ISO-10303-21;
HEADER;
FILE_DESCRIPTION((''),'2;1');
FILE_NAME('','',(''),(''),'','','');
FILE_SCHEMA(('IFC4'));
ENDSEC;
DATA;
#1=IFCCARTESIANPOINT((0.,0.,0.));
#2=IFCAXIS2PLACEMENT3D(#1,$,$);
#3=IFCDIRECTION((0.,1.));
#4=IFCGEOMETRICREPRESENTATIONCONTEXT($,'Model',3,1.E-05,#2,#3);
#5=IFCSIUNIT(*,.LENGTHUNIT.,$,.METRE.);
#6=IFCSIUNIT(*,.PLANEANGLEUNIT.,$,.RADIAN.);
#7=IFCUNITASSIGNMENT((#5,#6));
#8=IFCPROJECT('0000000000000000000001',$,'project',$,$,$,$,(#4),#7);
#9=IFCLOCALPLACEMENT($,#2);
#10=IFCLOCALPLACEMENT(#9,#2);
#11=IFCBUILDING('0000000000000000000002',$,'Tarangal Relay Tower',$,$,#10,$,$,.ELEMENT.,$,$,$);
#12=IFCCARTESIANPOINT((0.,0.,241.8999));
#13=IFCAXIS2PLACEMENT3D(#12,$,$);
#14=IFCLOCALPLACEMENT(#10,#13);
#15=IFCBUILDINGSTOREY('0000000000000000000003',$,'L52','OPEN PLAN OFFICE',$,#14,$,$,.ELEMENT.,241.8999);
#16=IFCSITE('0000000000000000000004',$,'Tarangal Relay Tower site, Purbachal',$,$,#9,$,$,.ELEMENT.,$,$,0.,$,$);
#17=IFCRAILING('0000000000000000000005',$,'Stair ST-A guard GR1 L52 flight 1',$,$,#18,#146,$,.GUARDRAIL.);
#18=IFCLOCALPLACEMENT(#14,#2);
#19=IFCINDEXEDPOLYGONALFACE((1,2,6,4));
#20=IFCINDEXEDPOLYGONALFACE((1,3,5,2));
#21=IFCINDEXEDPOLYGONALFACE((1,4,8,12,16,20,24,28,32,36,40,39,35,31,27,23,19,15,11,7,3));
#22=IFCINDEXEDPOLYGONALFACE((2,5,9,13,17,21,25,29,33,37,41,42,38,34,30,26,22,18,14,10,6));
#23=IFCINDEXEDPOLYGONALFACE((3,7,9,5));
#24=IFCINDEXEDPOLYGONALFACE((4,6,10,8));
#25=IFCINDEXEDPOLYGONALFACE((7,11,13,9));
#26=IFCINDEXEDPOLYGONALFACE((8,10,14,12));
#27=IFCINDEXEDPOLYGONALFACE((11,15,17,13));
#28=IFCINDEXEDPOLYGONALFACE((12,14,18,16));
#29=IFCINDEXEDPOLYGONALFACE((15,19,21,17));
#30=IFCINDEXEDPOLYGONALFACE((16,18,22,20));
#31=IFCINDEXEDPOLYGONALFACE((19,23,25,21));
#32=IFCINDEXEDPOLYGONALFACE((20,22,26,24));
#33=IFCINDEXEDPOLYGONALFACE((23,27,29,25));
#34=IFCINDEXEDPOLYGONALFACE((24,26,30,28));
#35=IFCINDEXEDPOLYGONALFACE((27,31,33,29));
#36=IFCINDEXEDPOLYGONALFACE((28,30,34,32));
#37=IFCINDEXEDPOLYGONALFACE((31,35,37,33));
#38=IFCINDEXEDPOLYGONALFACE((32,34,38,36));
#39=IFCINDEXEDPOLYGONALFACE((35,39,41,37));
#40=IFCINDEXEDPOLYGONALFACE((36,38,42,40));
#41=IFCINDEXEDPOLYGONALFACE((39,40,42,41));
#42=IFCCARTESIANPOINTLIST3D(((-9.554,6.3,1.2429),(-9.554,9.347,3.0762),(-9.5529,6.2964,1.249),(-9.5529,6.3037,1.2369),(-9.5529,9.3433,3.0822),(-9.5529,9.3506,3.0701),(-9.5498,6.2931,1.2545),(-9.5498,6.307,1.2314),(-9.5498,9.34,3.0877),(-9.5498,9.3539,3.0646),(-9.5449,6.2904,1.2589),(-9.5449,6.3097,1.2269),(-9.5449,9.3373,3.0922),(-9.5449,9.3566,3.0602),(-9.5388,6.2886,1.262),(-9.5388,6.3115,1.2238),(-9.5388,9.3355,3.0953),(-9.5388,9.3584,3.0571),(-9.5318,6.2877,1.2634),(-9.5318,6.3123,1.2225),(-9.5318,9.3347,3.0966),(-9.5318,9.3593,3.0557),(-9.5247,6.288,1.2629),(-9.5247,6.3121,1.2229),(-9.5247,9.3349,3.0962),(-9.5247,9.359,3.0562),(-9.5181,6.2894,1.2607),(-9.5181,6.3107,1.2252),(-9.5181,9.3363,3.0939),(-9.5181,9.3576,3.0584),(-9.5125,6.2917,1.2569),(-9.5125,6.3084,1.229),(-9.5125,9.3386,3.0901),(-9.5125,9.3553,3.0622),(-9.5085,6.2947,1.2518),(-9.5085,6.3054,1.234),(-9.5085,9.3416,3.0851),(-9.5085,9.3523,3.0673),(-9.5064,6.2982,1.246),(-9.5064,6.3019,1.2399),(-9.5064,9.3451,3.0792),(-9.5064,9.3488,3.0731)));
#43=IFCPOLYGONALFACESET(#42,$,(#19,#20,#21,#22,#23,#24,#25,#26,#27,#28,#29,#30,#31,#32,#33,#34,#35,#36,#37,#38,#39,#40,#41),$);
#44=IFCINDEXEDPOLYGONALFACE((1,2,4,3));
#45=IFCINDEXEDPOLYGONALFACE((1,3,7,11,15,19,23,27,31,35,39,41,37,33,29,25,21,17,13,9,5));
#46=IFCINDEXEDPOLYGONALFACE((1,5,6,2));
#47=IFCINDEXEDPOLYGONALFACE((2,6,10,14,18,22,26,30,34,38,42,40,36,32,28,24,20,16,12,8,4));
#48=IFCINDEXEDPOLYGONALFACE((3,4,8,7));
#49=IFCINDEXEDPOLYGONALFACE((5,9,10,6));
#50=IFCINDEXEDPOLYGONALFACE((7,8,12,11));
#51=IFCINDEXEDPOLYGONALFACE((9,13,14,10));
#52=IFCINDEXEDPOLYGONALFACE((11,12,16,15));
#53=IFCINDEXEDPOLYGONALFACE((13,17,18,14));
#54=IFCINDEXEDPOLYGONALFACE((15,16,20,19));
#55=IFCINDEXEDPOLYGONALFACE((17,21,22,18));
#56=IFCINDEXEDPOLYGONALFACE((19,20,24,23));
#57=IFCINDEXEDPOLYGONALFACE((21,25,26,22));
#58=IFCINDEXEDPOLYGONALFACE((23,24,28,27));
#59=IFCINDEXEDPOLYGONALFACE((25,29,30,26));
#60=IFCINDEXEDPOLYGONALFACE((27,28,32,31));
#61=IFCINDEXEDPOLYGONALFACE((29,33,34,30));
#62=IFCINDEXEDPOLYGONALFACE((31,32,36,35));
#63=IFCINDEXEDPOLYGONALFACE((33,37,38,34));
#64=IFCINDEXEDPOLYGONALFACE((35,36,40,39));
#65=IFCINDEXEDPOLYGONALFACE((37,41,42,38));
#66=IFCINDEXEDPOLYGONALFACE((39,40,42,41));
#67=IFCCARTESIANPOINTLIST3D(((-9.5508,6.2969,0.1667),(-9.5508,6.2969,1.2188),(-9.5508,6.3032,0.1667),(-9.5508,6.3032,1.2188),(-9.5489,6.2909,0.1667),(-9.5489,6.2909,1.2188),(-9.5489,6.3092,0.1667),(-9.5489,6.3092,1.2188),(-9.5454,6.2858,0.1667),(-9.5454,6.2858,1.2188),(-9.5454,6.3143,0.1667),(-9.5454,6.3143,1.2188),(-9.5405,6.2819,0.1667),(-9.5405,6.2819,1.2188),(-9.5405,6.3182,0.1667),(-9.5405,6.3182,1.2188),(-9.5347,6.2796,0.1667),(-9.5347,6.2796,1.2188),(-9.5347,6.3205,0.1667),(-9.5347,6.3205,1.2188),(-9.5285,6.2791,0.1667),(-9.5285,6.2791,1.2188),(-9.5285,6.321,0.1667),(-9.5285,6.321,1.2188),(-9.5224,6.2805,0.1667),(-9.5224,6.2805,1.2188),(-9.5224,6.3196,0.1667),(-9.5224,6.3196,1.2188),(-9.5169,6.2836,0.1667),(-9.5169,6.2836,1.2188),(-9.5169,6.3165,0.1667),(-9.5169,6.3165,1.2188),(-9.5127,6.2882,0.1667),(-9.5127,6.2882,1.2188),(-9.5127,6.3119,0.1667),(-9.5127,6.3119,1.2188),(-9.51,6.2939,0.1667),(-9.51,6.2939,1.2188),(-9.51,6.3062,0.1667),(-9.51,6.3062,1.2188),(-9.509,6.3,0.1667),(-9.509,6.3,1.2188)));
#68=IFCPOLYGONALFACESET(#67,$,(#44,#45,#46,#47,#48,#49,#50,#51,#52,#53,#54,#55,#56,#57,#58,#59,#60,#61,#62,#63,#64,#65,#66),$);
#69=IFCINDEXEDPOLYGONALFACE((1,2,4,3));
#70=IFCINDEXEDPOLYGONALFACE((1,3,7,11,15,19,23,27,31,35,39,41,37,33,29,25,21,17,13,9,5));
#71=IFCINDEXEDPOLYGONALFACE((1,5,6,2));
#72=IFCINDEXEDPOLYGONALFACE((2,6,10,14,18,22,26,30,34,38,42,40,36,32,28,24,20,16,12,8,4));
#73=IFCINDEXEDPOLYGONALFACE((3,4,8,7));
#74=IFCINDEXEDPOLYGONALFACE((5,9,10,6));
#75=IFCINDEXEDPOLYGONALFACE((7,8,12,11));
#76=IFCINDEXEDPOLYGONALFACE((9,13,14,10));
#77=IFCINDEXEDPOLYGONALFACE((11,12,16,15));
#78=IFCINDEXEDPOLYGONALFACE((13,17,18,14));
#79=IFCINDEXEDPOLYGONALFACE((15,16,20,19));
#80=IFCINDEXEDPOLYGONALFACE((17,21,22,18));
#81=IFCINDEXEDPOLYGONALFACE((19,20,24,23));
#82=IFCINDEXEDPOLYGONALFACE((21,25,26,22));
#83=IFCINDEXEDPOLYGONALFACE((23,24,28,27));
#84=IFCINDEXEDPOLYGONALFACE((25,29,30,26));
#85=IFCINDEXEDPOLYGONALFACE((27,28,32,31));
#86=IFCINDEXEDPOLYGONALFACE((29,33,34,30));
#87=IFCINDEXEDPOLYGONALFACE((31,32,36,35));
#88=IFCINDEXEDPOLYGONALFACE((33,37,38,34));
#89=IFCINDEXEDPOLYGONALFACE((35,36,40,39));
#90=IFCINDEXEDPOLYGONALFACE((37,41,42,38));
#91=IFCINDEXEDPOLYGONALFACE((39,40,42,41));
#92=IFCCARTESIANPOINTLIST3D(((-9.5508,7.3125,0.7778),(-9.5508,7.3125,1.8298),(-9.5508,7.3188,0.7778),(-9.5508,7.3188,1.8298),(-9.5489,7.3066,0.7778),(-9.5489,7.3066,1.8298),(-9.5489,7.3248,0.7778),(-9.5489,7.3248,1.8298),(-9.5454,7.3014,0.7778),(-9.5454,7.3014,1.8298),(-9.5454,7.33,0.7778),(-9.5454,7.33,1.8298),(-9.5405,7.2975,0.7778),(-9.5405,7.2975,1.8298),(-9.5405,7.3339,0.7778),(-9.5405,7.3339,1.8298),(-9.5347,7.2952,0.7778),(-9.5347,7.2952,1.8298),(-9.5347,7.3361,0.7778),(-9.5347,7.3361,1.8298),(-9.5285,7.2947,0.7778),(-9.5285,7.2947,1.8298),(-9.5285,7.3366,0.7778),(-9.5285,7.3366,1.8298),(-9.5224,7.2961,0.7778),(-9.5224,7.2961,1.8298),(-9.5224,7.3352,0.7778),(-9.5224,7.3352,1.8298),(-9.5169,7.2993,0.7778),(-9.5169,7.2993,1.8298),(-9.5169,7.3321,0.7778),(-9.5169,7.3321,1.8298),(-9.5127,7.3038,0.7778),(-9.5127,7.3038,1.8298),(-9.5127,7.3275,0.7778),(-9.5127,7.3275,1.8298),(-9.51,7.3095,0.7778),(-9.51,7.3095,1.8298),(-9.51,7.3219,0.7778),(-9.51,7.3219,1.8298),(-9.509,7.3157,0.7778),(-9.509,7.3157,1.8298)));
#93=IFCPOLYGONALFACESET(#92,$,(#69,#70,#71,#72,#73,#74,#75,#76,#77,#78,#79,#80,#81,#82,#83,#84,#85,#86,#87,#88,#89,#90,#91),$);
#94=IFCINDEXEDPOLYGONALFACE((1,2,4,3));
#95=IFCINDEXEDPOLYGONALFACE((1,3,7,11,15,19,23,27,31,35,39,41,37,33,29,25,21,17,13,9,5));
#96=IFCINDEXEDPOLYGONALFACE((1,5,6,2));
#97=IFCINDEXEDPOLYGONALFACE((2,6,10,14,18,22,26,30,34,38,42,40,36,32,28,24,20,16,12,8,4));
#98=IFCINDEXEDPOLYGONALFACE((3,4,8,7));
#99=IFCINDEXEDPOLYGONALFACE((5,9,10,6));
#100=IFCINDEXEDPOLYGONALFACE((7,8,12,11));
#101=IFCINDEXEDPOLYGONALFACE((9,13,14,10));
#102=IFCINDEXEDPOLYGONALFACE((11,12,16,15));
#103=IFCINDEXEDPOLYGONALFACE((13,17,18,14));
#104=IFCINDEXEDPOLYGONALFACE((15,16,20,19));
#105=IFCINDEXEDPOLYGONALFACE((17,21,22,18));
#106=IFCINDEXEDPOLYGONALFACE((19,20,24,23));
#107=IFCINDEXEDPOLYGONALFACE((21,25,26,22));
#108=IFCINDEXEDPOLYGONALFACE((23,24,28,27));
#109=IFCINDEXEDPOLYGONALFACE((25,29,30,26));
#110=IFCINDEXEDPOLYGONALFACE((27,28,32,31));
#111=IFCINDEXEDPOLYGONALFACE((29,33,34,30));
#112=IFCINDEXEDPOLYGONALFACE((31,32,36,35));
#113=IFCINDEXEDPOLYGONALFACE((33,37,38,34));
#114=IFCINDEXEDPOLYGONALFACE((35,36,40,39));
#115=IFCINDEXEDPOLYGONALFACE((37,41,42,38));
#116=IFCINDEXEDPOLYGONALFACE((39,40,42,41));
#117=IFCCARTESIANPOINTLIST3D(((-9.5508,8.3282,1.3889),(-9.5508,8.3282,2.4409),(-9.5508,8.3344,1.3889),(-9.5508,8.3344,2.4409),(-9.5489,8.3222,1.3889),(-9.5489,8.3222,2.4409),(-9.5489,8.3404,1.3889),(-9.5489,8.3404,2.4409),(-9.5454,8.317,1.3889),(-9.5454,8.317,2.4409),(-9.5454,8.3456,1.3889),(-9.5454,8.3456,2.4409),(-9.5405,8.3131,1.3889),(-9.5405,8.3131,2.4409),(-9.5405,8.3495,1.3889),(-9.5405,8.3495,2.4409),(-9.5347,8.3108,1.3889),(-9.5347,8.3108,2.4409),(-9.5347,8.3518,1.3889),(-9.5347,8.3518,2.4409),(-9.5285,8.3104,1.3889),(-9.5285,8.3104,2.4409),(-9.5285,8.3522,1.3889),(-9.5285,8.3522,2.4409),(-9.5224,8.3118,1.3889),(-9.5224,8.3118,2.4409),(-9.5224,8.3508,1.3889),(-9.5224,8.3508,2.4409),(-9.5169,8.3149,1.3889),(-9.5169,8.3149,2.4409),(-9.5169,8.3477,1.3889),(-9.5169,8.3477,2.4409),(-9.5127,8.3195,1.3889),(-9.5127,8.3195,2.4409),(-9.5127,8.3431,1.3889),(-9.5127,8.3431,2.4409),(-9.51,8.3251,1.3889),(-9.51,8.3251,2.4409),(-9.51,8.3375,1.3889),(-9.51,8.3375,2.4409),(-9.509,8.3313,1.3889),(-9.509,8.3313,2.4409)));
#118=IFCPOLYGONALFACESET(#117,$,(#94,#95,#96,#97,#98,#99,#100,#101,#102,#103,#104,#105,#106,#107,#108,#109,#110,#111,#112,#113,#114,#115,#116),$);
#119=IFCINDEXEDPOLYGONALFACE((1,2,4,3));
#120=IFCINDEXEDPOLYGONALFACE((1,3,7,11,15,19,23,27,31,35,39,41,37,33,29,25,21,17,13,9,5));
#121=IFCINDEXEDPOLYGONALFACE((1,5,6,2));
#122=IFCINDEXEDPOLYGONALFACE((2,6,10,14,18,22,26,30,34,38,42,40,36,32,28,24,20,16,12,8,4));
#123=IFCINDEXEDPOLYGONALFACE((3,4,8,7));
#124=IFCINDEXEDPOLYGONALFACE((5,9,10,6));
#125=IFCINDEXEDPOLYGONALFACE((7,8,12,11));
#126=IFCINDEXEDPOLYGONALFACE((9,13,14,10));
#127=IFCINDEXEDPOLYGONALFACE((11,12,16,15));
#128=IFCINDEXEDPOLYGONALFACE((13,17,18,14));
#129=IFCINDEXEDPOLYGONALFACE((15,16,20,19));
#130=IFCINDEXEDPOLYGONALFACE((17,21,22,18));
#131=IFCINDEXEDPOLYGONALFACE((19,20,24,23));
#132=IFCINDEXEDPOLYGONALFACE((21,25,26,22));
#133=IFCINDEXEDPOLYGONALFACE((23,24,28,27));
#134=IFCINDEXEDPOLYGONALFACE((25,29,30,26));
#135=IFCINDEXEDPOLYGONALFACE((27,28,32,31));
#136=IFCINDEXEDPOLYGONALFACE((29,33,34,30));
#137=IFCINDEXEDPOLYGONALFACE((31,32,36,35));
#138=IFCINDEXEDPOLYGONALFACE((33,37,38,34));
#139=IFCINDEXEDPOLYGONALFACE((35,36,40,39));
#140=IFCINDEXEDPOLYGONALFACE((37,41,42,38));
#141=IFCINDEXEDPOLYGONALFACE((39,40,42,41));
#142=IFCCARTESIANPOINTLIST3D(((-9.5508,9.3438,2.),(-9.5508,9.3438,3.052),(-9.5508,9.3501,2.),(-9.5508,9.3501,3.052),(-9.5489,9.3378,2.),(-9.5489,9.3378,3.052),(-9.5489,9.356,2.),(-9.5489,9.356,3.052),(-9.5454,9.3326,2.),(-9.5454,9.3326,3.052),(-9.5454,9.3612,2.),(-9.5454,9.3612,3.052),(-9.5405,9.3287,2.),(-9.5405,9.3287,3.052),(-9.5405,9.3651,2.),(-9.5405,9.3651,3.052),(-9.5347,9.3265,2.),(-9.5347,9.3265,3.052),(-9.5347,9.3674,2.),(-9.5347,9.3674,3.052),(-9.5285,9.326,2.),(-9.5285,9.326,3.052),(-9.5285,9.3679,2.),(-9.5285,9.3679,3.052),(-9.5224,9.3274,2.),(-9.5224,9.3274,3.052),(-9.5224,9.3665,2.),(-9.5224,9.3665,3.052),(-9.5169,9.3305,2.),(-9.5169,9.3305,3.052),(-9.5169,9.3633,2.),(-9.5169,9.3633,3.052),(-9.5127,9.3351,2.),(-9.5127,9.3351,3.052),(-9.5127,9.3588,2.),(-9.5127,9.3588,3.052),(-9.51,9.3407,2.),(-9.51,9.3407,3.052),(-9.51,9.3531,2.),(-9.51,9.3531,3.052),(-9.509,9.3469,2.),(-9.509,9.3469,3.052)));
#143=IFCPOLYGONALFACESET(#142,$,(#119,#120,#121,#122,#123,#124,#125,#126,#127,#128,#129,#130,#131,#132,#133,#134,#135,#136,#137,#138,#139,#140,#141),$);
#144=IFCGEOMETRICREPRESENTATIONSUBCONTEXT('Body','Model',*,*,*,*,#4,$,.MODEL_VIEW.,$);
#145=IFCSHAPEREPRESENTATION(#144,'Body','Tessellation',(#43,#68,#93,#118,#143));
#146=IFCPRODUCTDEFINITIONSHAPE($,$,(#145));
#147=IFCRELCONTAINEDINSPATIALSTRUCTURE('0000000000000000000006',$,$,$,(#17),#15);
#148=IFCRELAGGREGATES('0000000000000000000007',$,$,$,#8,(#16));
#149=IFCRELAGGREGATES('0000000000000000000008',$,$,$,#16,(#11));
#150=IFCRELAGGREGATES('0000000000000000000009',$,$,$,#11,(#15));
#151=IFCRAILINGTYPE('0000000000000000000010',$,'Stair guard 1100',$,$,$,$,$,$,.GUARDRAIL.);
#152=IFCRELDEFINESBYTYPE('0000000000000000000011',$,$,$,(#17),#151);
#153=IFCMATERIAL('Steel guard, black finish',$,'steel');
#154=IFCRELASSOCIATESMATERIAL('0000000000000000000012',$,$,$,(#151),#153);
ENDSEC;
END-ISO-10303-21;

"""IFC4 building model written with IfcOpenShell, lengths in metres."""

from ifc_helpers import new_model, si_unit, direction, frame, origin, origin_2d, place, context, subcontext, project, spatial, circle, extrude, material, type_object, element, save


model = new_model("IFC4")

# Units and contexts
model_context = context("Model", 3, precision=1e-05, world=origin(), true_north=direction((0.0, 1.0)))
body_context = subcontext(model_context, "Body", "Model", "MODEL_VIEW")
ifc_project = project(units=[si_unit("LENGTHUNIT", "METRE"), si_unit("PLANEANGLEUNIT", "RADIAN")], contexts=[model_context])

# Site, building, storey
site_placement = place(None, origin())
site = spatial("IfcSite", under=ifc_project, at=site_placement, Name="Tarangal Relay Tower site, Purbachal", CompositionType="ELEMENT", RefElevation=0.0)
building_placement = place(site_placement, origin())
building = spatial("IfcBuilding", under=site, at=building_placement, Name="Tarangal Relay Tower", CompositionType="ELEMENT")
storey_placement = place(building_placement, frame((0.0, 0.0, 241.8999)))
storey = spatial("IfcBuildingStorey", under=building, at=storey_placement, Name="L52", Description="OPEN PLAN OFFICE", CompositionType="ELEMENT", Elevation=241.8999)

# Railing
ifc_material_1 = material(Name="Steel guard, black finish", Category="steel")
railing_type_1 = type_object("IfcRailingType", Name="Stair guard 1100", PredefinedType="GUARDRAIL", material=ifc_material_1)
railing_1_placement = place(storey_placement, frame((-9.53, 6.3, 0.1667)))
element("IfcRailing", 1, at=railing_1_placement, inside=storey, type_object=railing_type_1, Name="Stair ST-A guard GR1 L52 flight 1", PredefinedType="GUARDRAIL", context=body_context, shape_type="SweptSolid", body=[
    extrude(circle(Radius=0.0239, at=origin_2d()), frame((0.0, 0.0, 1.0762), z_axis=(0.0, 0.856856, 0.515556), x_axis=(-1.0, 0.0, 0.0)), (0.0, 0.0, 1.0), 3.5559),
    extrude(circle(Radius=0.021, at=origin_2d()), origin(), (0.0, 0.0, 1.0), 1.052),
    extrude(circle(Radius=0.021, at=origin_2d()), frame((0.0, 1.0156, 0.6111)), (0.0, 0.0, 1.0), 1.052),
    extrude(circle(Radius=0.021, at=origin_2d()), frame((0.0, 2.0312, 1.2222)), (0.0, 0.0, 1.0), 1.052),
    extrude(circle(Radius=0.021, at=origin_2d()), frame((0.0, 3.0469, 1.8333)), (0.0, 0.0, 1.0), 1.052),
])

save(model, "model.ifc")
